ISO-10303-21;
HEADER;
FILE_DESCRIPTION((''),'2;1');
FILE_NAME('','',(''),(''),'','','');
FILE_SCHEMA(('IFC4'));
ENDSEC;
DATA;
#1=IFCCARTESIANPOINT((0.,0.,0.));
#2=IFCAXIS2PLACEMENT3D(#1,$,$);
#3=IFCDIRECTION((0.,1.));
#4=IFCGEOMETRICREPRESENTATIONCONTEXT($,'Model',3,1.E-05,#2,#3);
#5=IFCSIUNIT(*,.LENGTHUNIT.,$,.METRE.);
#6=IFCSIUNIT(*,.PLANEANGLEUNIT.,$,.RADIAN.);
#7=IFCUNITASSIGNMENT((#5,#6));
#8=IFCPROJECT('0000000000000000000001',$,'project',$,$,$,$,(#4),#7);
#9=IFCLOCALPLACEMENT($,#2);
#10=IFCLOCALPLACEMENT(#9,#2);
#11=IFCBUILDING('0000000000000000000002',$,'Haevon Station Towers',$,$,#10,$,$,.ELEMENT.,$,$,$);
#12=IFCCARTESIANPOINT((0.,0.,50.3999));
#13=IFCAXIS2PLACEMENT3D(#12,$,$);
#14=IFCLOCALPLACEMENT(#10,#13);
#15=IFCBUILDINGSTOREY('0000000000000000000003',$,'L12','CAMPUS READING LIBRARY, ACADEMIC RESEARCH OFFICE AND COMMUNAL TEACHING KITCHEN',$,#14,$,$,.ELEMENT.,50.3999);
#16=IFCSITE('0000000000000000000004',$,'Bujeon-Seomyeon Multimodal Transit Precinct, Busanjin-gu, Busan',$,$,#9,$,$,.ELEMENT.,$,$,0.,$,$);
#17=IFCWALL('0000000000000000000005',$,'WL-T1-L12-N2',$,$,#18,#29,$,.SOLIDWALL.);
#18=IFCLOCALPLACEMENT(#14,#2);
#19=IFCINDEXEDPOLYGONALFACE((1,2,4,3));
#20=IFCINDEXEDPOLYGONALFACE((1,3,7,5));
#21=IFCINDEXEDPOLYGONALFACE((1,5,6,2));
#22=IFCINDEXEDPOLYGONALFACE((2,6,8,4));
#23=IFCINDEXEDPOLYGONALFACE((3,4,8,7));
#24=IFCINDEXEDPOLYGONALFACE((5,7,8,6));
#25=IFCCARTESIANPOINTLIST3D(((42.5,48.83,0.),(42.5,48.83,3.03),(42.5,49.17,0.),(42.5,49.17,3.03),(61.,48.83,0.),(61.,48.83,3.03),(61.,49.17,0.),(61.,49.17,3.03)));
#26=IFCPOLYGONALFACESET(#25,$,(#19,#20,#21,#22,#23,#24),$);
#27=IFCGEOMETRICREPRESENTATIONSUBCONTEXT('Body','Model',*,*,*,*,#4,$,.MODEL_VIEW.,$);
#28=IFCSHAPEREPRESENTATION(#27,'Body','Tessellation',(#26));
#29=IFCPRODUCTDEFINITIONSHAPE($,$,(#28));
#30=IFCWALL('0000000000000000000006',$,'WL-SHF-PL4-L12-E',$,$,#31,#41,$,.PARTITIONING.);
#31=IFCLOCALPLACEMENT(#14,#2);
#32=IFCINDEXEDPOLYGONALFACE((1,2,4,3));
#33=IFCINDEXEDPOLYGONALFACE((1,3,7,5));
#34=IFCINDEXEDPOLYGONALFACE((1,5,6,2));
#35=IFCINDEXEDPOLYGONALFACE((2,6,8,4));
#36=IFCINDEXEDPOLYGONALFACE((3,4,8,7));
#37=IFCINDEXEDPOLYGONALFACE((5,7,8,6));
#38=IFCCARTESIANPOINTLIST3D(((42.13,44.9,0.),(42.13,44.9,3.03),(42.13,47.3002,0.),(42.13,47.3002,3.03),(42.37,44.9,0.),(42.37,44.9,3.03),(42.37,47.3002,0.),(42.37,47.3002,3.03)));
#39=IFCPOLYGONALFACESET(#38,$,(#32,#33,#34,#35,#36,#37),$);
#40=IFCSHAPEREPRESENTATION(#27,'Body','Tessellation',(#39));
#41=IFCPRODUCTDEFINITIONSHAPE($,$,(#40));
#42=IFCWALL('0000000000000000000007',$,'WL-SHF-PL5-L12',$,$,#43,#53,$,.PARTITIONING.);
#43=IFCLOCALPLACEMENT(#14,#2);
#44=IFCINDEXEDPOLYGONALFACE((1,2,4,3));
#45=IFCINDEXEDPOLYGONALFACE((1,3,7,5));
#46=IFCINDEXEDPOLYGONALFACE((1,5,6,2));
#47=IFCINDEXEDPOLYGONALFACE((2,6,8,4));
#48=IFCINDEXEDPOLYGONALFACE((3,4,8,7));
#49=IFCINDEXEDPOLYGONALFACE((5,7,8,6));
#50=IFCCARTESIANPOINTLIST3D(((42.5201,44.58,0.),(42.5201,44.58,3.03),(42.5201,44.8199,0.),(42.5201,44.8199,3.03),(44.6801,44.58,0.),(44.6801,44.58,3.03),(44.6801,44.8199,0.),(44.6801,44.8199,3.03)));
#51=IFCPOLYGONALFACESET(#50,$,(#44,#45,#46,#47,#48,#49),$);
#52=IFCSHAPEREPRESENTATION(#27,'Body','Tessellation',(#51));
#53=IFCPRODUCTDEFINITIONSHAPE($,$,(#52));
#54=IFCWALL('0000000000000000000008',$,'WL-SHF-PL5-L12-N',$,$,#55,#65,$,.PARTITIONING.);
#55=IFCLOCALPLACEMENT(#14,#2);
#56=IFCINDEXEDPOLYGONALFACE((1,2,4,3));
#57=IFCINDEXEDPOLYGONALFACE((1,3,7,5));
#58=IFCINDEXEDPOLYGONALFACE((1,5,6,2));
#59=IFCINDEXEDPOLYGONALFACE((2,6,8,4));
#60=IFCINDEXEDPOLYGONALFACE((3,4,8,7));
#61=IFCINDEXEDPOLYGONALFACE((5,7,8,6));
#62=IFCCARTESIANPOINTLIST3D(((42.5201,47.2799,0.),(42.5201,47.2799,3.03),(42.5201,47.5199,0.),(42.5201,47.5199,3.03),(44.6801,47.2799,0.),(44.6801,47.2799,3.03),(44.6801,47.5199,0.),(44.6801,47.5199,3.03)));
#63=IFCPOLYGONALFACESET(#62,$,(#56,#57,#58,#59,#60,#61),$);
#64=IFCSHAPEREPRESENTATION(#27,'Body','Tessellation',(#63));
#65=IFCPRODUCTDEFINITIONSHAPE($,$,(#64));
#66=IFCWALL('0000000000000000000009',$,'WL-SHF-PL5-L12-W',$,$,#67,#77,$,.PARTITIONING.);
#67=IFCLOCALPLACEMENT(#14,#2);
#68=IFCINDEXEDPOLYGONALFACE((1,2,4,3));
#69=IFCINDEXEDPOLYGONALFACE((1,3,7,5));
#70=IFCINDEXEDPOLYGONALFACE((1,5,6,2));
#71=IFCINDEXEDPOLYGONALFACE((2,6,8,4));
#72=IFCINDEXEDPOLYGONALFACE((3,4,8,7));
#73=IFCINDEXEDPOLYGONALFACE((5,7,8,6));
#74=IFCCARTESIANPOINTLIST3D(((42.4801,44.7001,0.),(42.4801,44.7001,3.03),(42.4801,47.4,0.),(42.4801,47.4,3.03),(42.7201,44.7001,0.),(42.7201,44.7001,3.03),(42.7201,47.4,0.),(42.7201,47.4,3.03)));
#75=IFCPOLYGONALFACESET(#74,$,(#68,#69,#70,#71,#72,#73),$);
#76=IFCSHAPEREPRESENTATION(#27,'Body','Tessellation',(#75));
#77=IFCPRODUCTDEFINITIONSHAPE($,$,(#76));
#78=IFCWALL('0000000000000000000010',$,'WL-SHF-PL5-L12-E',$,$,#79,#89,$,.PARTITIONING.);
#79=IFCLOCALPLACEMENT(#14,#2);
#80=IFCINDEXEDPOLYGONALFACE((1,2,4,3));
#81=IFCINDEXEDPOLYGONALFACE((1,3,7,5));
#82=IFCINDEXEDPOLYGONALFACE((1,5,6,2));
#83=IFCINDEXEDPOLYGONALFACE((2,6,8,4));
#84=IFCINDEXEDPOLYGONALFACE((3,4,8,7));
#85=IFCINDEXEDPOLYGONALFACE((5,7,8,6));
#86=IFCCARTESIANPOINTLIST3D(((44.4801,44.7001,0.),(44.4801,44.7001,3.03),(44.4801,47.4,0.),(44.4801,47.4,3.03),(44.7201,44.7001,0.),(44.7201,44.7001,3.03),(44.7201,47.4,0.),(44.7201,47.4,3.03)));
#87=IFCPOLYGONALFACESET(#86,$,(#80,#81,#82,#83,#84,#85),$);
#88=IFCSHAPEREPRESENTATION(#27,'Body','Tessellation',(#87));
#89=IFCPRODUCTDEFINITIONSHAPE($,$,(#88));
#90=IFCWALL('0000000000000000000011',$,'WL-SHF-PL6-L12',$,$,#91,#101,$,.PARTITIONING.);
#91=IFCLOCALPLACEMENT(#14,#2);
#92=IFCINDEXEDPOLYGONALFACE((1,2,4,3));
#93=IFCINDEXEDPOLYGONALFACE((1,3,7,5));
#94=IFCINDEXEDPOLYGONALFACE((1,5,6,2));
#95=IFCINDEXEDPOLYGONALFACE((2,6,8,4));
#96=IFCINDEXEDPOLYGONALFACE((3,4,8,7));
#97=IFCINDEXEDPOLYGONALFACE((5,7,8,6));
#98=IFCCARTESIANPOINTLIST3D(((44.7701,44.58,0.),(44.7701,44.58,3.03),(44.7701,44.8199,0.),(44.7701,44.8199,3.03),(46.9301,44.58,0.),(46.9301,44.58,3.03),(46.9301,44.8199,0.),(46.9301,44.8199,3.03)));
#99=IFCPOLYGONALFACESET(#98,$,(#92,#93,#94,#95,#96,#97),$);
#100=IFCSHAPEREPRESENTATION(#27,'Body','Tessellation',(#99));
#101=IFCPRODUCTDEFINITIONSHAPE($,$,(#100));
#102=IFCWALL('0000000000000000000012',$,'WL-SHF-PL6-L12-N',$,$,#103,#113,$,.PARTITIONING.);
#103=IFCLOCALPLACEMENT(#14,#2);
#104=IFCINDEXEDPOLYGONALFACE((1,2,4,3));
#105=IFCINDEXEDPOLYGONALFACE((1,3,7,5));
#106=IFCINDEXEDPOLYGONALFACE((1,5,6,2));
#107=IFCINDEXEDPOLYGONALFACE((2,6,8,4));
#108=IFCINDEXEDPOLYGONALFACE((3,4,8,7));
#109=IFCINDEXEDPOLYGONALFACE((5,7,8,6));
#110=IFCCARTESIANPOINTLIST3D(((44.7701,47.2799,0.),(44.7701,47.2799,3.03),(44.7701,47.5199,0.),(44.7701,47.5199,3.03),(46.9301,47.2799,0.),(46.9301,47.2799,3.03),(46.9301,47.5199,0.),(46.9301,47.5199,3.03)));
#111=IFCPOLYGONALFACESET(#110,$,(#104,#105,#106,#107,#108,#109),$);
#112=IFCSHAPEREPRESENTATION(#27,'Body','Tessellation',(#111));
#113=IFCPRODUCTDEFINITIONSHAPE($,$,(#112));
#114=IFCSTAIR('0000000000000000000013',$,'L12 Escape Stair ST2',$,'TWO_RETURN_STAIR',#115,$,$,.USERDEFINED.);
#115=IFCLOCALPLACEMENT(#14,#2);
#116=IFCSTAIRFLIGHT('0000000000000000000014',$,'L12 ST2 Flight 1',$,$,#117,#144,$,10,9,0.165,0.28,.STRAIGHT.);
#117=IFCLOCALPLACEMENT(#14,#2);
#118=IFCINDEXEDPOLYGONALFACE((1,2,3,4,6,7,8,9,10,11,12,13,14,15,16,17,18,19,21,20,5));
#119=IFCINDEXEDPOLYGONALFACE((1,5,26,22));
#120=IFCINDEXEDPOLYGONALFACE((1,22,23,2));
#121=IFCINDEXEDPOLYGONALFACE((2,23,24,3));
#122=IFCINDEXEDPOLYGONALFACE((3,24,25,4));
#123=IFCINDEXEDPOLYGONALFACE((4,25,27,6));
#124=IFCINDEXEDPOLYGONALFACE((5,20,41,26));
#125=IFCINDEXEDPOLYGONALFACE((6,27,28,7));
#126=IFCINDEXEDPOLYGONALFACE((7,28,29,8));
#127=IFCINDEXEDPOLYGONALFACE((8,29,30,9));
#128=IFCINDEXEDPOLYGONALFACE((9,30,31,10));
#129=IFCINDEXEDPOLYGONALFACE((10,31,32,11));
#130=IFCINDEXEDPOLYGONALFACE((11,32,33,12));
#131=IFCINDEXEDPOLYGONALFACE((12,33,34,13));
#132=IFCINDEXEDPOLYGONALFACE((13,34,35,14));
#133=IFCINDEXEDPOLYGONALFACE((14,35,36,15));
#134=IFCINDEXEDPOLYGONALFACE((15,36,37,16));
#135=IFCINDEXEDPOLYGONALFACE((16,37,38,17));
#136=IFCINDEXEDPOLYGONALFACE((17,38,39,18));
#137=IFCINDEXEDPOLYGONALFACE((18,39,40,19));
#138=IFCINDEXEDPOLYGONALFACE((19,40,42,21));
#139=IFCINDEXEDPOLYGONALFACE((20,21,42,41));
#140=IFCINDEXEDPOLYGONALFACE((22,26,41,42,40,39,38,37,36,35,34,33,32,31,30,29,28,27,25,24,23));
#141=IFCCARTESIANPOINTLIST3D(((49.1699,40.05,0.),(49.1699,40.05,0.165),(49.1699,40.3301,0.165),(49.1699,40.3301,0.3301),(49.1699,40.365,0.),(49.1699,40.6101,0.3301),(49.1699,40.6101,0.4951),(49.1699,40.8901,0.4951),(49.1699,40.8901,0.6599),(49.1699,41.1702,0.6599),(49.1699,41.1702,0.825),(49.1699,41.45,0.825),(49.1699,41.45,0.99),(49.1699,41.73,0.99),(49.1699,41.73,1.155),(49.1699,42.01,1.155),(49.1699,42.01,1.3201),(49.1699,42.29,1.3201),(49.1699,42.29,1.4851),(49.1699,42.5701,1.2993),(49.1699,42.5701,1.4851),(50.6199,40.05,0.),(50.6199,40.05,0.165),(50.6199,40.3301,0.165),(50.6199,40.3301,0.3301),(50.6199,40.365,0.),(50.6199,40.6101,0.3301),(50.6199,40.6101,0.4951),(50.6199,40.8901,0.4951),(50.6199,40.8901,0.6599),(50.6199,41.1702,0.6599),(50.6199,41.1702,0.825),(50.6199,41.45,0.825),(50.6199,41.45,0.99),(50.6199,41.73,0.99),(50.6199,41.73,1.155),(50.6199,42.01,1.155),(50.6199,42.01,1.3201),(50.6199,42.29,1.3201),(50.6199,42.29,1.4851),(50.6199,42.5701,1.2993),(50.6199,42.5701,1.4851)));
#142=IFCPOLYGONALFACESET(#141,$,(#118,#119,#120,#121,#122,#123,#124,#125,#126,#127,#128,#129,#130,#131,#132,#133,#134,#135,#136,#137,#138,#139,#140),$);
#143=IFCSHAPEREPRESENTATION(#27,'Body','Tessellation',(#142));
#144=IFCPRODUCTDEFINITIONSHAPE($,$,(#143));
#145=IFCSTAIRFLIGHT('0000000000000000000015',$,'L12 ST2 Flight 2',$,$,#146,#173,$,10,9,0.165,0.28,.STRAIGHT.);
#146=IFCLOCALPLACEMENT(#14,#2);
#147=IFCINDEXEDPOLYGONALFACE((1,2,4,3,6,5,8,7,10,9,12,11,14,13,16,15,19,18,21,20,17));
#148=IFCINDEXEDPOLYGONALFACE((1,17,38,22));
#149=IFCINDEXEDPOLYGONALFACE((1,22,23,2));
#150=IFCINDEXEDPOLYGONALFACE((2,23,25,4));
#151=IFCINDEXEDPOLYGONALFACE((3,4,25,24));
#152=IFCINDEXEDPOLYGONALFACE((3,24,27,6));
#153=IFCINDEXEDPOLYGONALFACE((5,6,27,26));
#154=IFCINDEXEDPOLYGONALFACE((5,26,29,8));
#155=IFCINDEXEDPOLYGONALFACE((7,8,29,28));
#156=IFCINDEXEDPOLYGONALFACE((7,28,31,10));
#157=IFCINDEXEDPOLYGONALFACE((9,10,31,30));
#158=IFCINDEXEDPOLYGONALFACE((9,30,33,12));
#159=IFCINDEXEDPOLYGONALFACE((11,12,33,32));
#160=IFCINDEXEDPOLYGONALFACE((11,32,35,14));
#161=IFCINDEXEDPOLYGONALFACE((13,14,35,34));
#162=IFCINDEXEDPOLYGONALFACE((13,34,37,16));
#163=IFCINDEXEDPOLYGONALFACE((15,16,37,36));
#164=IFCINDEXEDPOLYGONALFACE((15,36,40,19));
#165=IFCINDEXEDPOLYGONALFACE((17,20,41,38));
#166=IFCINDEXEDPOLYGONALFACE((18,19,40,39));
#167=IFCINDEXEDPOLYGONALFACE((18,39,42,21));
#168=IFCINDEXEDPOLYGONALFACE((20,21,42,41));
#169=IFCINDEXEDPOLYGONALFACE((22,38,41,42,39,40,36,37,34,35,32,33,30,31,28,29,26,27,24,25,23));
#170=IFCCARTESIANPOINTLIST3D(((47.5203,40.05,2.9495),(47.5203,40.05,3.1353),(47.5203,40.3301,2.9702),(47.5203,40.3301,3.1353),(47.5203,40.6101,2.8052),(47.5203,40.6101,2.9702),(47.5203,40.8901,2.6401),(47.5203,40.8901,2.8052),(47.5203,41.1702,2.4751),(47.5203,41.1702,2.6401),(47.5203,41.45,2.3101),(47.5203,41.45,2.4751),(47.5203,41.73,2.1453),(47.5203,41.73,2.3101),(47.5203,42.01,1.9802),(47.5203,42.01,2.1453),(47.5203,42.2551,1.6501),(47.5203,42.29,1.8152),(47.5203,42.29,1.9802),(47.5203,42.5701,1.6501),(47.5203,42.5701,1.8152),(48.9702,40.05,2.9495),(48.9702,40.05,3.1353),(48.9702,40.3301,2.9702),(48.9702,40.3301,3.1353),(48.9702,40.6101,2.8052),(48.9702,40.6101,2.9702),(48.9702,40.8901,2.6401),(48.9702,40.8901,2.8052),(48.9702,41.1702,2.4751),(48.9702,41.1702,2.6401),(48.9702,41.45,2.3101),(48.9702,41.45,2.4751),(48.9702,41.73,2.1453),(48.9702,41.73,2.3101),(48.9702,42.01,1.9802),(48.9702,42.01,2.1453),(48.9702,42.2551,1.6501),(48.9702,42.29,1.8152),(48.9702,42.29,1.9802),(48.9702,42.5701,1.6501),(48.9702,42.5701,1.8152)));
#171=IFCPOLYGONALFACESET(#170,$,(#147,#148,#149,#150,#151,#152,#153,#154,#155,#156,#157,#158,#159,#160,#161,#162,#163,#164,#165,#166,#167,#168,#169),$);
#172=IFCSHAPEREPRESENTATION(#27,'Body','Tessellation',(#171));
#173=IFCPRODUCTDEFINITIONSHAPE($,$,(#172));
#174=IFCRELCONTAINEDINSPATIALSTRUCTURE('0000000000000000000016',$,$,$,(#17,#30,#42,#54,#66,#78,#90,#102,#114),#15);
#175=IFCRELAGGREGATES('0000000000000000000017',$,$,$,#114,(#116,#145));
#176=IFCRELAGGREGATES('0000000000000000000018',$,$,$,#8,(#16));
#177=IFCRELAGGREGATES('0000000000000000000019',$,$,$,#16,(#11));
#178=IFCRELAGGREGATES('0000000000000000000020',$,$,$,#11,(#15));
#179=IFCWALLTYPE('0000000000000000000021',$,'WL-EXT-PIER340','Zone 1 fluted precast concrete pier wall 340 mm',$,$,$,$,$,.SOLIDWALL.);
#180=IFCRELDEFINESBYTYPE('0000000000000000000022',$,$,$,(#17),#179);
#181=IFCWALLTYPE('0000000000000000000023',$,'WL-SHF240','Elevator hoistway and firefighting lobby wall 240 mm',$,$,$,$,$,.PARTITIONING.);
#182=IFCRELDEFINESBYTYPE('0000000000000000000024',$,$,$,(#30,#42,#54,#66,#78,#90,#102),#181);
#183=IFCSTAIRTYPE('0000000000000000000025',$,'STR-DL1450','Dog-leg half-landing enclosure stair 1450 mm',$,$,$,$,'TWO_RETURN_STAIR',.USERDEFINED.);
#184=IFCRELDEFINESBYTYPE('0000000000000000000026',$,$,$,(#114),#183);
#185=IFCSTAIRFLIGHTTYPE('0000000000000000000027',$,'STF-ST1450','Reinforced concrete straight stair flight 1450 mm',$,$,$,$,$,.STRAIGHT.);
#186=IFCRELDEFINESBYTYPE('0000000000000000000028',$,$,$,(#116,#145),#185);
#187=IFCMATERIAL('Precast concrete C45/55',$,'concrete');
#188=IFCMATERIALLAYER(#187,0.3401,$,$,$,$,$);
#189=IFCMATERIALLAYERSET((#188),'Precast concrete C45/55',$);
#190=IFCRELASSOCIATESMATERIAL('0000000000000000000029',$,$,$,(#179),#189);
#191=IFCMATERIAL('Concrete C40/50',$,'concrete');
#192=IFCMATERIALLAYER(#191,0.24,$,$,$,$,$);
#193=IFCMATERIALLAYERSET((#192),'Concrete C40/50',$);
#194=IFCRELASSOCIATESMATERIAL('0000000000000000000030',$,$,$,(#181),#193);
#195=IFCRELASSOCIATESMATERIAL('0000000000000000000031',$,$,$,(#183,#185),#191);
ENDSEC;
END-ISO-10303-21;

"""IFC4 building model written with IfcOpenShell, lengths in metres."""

from ifc_helpers import new_model, si_unit, direction, frame, frame_2d, origin, place, context, subcontext, project, spatial, polyline, rectangle, outline, extrude, material, layer, layer_set, type_object, element, aggregate, save


model = new_model("IFC4")

# Units and contexts
model_context = context("Model", 3, precision=1e-05, world=origin(), true_north=direction((0.0, 1.0)))
body_context = subcontext(model_context, "Body", "Model", "MODEL_VIEW")
ifc_project = project(units=[si_unit("LENGTHUNIT", "METRE"), si_unit("PLANEANGLEUNIT", "RADIAN")], contexts=[model_context])

# Site, building, storey
site_placement = place(None, origin())
site = spatial("IfcSite", under=ifc_project, at=site_placement, Name="Bujeon-Seomyeon Multimodal Transit Precinct, Busanjin-gu, Busan", CompositionType="ELEMENT", RefElevation=0.0)
building_placement = place(site_placement, origin())
building = spatial("IfcBuilding", under=site, at=building_placement, Name="Haevon Station Towers", CompositionType="ELEMENT")
storey_placement = place(building_placement, frame((0.0, 0.0, 50.3999)))
storey = spatial("IfcBuildingStorey", under=building, at=storey_placement, Name="L12", Description="CAMPUS READING LIBRARY, ACADEMIC RESEARCH OFFICE AND COMMUNAL TEACHING KITCHEN", CompositionType="ELEMENT", Elevation=50.3999)

# Walls
ifc_material_1 = material(Name="Precast concrete C45/55", Category="concrete")
ifc_layer_1 = layer(ifc_material_1, 0.3401)
ifc_layer_set_1 = layer_set([ifc_layer_1], Name="Precast concrete C45/55")
wall_type_1 = type_object("IfcWallType", Name="WL-EXT-PIER340", Description="Zone 1 fluted precast concrete pier wall 340 mm", PredefinedType="SOLIDWALL", material=ifc_layer_set_1)
wall_1_placement = place(storey_placement, frame((42.5, 49.0, 0.0), z_axis=(0.0, 0.0, 1.0), x_axis=(1.0, 0.0, 0.0)))
element("IfcWall", 1, at=wall_1_placement, inside=storey, type_object=wall_type_1, Name="WL-T1-L12-N2", PredefinedType="SOLIDWALL", context=body_context, shape_type="SweptSolid", body=[
    extrude(rectangle(XDim=18.5, YDim=0.3401, at=frame_2d((9.25, 0.0))), origin(), (0.0, 0.0, 1.0), 3.03),
])
ifc_material_2 = material(Name="Concrete C40/50", Category="concrete")
ifc_layer_2 = layer(ifc_material_2, 0.24)
ifc_layer_set_2 = layer_set([ifc_layer_2], Name="Concrete C40/50")
wall_type_2 = type_object("IfcWallType", Name="WL-SHF240", Description="Elevator hoistway and firefighting lobby wall 240 mm", PredefinedType="PARTITIONING", material=ifc_layer_set_2)
wall_2_placement = place(storey_placement, frame((42.25, 44.8999, 0.0), z_axis=(0.0, 0.0, 1.0), x_axis=(0.0, 1.0, 0.0)))
element("IfcWall", 2, at=wall_2_placement, inside=storey, type_object=wall_type_2, Name="WL-SHF-PL4-L12-E", PredefinedType="PARTITIONING", context=body_context, shape_type="SweptSolid", body=[
    extrude(rectangle(XDim=2.4001, YDim=0.24, at=frame_2d((1.2002, 0.0))), origin(), (0.0, 0.0, 1.0), 3.03),
])
for number, where, z_axis, x_axis, name in (
    (3, (42.52, 44.7, 0.0), (0.0, 0.0, 1.0), (1.0, 0.0, 0.0), "WL-SHF-PL5-L12"),
    (4, (42.52, 47.3999, 0.0), (0.0, 0.0, 1.0), (1.0, 0.0, 0.0), "WL-SHF-PL5-L12-N"),
):
    element("IfcWall", number, at=place(storey_placement, frame(where, z_axis=z_axis, x_axis=x_axis)), inside=storey, type_object=wall_type_2, Name=name, PredefinedType="PARTITIONING", context=body_context, shape_type="SweptSolid", body=[
        extrude(rectangle(XDim=2.1599, YDim=0.24, at=frame_2d((1.0801, 0.0))), origin(), (0.0, 0.0, 1.0), 3.03),
    ])
for number, where, z_axis, x_axis, name in (
    (5, (42.6001, 44.7, 0.0), (0.0, 0.0, 1.0), (0.0, 1.0, 0.0), "WL-SHF-PL5-L12-W"),
    (6, (44.6001, 44.7, 0.0), (0.0, 0.0, 1.0), (0.0, 1.0, 0.0), "WL-SHF-PL5-L12-E"),
):
    element("IfcWall", number, at=place(storey_placement, frame(where, z_axis=z_axis, x_axis=x_axis)), inside=storey, type_object=wall_type_2, Name=name, PredefinedType="PARTITIONING", context=body_context, shape_type="SweptSolid", body=[
        extrude(rectangle(XDim=2.7, YDim=0.24, at=frame_2d((1.3501, 0.0))), origin(), (0.0, 0.0, 1.0), 3.03),
    ])
for number, where, z_axis, x_axis, name in (
    (7, (44.77, 44.7, 0.0), (0.0, 0.0, 1.0), (1.0, 0.0, 0.0), "WL-SHF-PL6-L12"),
    (8, (44.77, 47.3999, 0.0), (0.0, 0.0, 1.0), (1.0, 0.0, 0.0), "WL-SHF-PL6-L12-N"),
):
    element("IfcWall", number, at=place(storey_placement, frame(where, z_axis=z_axis, x_axis=x_axis)), inside=storey, type_object=wall_type_2, Name=name, PredefinedType="PARTITIONING", context=body_context, shape_type="SweptSolid", body=[
        extrude(rectangle(XDim=2.1599, YDim=0.24, at=frame_2d((1.0801, 0.0))), origin(), (0.0, 0.0, 1.0), 3.03),
    ])

# Stair, stair flights
stair_type = type_object("IfcStairType", Name="STR-DL1450", Description="Dog-leg half-landing enclosure stair 1450 mm", ElementType="TWO_RETURN_STAIR", PredefinedType="USERDEFINED", material=ifc_material_2)
stair_placement = place(storey_placement, origin())
stair = element("IfcStair", 9, at=stair_placement, inside=storey, type_object=stair_type, Name="L12 Escape Stair ST2", ObjectType="TWO_RETURN_STAIR", PredefinedType="USERDEFINED")
stair_flight_type = type_object("IfcStairFlightType", Name="STF-ST1450", Description="Reinforced concrete straight stair flight 1450 mm", PredefinedType="STRAIGHT", material=ifc_material_2)
stair_flight_1_placement = place(storey_placement, frame((49.895, 40.05, 0.0), z_axis=(0.0, 0.0, 1.0), x_axis=(0.0, 1.0, 0.0)))
stair_flight_1 = element("IfcStairFlight", 10, at=stair_flight_1_placement, type_object=stair_flight_type, Name="L12 ST2 Flight 1", NumberOfRisers=10, NumberOfTreads=9, PredefinedType="STRAIGHT", RiserHeight=0.165, TreadLength=0.28, context=body_context, shape_type="SweptSolid", body=[
    extrude(outline(polyline([(0.0, 0.0), (0.0, 0.165), (0.28, 0.165), (0.28, 0.3301), (0.5601, 0.3301), (0.5601, 0.4951), (0.8401, 0.4951), (0.8401, 0.6599), (1.1201, 0.6599), (1.1201, 0.825), (1.3999, 0.825), (1.3999, 0.99), (1.6799, 0.99), (1.6799, 1.155), (1.96, 1.155), (1.96, 1.3201), (2.24, 1.3201), (2.24, 1.4851), (2.52, 1.4851), (2.52, 1.6499), (2.52, 1.2993), (0.3149, 0.0), (0.0, 0.0)])), frame((0.0, 0.7251, 0.0), z_axis=(0.0, -1.0, 0.0), x_axis=(1.0, 0.0, 0.0)), (0.0, 0.0, 1.0), 1.45),
])
stair_flight_2_placement = place(storey_placement, frame((48.2451, 42.5701, 1.6501), z_axis=(0.0, 0.0, 1.0), x_axis=(0.0, -1.0, 0.0)))
stair_flight_2 = element("IfcStairFlight", 11, at=stair_flight_2_placement, type_object=stair_flight_type, Name="L12 ST2 Flight 2", NumberOfRisers=10, NumberOfTreads=9, PredefinedType="STRAIGHT", RiserHeight=0.165, TreadLength=0.28, context=body_context, shape_type="SweptSolid", body=[
    extrude(outline(polyline([(0.0, 0.0), (0.0, 0.165), (0.28, 0.165), (0.28, 0.3301), (0.5601, 0.3301), (0.5601, 0.4951), (0.8401, 0.4951), (0.8401, 0.6599), (1.1201, 0.6599), (1.1201, 0.825), (1.3999, 0.825), (1.3999, 0.99), (1.6799, 0.99), (1.6799, 1.155), (1.96, 1.155), (1.96, 1.3201), (2.24, 1.3201), (2.24, 1.4851), (2.52, 1.4851), (2.52, 1.6499), (2.52, 1.2993), (0.3149, 0.0), (0.0, 0.0)])), frame((0.0, 0.7251, 0.0), z_axis=(0.0, -1.0, 0.0), x_axis=(1.0, 0.0, 0.0)), (0.0, 0.0, 1.0), 1.45),
])
aggregate(stair, [stair_flight_1, stair_flight_2])

save(model, "model.ifc")
